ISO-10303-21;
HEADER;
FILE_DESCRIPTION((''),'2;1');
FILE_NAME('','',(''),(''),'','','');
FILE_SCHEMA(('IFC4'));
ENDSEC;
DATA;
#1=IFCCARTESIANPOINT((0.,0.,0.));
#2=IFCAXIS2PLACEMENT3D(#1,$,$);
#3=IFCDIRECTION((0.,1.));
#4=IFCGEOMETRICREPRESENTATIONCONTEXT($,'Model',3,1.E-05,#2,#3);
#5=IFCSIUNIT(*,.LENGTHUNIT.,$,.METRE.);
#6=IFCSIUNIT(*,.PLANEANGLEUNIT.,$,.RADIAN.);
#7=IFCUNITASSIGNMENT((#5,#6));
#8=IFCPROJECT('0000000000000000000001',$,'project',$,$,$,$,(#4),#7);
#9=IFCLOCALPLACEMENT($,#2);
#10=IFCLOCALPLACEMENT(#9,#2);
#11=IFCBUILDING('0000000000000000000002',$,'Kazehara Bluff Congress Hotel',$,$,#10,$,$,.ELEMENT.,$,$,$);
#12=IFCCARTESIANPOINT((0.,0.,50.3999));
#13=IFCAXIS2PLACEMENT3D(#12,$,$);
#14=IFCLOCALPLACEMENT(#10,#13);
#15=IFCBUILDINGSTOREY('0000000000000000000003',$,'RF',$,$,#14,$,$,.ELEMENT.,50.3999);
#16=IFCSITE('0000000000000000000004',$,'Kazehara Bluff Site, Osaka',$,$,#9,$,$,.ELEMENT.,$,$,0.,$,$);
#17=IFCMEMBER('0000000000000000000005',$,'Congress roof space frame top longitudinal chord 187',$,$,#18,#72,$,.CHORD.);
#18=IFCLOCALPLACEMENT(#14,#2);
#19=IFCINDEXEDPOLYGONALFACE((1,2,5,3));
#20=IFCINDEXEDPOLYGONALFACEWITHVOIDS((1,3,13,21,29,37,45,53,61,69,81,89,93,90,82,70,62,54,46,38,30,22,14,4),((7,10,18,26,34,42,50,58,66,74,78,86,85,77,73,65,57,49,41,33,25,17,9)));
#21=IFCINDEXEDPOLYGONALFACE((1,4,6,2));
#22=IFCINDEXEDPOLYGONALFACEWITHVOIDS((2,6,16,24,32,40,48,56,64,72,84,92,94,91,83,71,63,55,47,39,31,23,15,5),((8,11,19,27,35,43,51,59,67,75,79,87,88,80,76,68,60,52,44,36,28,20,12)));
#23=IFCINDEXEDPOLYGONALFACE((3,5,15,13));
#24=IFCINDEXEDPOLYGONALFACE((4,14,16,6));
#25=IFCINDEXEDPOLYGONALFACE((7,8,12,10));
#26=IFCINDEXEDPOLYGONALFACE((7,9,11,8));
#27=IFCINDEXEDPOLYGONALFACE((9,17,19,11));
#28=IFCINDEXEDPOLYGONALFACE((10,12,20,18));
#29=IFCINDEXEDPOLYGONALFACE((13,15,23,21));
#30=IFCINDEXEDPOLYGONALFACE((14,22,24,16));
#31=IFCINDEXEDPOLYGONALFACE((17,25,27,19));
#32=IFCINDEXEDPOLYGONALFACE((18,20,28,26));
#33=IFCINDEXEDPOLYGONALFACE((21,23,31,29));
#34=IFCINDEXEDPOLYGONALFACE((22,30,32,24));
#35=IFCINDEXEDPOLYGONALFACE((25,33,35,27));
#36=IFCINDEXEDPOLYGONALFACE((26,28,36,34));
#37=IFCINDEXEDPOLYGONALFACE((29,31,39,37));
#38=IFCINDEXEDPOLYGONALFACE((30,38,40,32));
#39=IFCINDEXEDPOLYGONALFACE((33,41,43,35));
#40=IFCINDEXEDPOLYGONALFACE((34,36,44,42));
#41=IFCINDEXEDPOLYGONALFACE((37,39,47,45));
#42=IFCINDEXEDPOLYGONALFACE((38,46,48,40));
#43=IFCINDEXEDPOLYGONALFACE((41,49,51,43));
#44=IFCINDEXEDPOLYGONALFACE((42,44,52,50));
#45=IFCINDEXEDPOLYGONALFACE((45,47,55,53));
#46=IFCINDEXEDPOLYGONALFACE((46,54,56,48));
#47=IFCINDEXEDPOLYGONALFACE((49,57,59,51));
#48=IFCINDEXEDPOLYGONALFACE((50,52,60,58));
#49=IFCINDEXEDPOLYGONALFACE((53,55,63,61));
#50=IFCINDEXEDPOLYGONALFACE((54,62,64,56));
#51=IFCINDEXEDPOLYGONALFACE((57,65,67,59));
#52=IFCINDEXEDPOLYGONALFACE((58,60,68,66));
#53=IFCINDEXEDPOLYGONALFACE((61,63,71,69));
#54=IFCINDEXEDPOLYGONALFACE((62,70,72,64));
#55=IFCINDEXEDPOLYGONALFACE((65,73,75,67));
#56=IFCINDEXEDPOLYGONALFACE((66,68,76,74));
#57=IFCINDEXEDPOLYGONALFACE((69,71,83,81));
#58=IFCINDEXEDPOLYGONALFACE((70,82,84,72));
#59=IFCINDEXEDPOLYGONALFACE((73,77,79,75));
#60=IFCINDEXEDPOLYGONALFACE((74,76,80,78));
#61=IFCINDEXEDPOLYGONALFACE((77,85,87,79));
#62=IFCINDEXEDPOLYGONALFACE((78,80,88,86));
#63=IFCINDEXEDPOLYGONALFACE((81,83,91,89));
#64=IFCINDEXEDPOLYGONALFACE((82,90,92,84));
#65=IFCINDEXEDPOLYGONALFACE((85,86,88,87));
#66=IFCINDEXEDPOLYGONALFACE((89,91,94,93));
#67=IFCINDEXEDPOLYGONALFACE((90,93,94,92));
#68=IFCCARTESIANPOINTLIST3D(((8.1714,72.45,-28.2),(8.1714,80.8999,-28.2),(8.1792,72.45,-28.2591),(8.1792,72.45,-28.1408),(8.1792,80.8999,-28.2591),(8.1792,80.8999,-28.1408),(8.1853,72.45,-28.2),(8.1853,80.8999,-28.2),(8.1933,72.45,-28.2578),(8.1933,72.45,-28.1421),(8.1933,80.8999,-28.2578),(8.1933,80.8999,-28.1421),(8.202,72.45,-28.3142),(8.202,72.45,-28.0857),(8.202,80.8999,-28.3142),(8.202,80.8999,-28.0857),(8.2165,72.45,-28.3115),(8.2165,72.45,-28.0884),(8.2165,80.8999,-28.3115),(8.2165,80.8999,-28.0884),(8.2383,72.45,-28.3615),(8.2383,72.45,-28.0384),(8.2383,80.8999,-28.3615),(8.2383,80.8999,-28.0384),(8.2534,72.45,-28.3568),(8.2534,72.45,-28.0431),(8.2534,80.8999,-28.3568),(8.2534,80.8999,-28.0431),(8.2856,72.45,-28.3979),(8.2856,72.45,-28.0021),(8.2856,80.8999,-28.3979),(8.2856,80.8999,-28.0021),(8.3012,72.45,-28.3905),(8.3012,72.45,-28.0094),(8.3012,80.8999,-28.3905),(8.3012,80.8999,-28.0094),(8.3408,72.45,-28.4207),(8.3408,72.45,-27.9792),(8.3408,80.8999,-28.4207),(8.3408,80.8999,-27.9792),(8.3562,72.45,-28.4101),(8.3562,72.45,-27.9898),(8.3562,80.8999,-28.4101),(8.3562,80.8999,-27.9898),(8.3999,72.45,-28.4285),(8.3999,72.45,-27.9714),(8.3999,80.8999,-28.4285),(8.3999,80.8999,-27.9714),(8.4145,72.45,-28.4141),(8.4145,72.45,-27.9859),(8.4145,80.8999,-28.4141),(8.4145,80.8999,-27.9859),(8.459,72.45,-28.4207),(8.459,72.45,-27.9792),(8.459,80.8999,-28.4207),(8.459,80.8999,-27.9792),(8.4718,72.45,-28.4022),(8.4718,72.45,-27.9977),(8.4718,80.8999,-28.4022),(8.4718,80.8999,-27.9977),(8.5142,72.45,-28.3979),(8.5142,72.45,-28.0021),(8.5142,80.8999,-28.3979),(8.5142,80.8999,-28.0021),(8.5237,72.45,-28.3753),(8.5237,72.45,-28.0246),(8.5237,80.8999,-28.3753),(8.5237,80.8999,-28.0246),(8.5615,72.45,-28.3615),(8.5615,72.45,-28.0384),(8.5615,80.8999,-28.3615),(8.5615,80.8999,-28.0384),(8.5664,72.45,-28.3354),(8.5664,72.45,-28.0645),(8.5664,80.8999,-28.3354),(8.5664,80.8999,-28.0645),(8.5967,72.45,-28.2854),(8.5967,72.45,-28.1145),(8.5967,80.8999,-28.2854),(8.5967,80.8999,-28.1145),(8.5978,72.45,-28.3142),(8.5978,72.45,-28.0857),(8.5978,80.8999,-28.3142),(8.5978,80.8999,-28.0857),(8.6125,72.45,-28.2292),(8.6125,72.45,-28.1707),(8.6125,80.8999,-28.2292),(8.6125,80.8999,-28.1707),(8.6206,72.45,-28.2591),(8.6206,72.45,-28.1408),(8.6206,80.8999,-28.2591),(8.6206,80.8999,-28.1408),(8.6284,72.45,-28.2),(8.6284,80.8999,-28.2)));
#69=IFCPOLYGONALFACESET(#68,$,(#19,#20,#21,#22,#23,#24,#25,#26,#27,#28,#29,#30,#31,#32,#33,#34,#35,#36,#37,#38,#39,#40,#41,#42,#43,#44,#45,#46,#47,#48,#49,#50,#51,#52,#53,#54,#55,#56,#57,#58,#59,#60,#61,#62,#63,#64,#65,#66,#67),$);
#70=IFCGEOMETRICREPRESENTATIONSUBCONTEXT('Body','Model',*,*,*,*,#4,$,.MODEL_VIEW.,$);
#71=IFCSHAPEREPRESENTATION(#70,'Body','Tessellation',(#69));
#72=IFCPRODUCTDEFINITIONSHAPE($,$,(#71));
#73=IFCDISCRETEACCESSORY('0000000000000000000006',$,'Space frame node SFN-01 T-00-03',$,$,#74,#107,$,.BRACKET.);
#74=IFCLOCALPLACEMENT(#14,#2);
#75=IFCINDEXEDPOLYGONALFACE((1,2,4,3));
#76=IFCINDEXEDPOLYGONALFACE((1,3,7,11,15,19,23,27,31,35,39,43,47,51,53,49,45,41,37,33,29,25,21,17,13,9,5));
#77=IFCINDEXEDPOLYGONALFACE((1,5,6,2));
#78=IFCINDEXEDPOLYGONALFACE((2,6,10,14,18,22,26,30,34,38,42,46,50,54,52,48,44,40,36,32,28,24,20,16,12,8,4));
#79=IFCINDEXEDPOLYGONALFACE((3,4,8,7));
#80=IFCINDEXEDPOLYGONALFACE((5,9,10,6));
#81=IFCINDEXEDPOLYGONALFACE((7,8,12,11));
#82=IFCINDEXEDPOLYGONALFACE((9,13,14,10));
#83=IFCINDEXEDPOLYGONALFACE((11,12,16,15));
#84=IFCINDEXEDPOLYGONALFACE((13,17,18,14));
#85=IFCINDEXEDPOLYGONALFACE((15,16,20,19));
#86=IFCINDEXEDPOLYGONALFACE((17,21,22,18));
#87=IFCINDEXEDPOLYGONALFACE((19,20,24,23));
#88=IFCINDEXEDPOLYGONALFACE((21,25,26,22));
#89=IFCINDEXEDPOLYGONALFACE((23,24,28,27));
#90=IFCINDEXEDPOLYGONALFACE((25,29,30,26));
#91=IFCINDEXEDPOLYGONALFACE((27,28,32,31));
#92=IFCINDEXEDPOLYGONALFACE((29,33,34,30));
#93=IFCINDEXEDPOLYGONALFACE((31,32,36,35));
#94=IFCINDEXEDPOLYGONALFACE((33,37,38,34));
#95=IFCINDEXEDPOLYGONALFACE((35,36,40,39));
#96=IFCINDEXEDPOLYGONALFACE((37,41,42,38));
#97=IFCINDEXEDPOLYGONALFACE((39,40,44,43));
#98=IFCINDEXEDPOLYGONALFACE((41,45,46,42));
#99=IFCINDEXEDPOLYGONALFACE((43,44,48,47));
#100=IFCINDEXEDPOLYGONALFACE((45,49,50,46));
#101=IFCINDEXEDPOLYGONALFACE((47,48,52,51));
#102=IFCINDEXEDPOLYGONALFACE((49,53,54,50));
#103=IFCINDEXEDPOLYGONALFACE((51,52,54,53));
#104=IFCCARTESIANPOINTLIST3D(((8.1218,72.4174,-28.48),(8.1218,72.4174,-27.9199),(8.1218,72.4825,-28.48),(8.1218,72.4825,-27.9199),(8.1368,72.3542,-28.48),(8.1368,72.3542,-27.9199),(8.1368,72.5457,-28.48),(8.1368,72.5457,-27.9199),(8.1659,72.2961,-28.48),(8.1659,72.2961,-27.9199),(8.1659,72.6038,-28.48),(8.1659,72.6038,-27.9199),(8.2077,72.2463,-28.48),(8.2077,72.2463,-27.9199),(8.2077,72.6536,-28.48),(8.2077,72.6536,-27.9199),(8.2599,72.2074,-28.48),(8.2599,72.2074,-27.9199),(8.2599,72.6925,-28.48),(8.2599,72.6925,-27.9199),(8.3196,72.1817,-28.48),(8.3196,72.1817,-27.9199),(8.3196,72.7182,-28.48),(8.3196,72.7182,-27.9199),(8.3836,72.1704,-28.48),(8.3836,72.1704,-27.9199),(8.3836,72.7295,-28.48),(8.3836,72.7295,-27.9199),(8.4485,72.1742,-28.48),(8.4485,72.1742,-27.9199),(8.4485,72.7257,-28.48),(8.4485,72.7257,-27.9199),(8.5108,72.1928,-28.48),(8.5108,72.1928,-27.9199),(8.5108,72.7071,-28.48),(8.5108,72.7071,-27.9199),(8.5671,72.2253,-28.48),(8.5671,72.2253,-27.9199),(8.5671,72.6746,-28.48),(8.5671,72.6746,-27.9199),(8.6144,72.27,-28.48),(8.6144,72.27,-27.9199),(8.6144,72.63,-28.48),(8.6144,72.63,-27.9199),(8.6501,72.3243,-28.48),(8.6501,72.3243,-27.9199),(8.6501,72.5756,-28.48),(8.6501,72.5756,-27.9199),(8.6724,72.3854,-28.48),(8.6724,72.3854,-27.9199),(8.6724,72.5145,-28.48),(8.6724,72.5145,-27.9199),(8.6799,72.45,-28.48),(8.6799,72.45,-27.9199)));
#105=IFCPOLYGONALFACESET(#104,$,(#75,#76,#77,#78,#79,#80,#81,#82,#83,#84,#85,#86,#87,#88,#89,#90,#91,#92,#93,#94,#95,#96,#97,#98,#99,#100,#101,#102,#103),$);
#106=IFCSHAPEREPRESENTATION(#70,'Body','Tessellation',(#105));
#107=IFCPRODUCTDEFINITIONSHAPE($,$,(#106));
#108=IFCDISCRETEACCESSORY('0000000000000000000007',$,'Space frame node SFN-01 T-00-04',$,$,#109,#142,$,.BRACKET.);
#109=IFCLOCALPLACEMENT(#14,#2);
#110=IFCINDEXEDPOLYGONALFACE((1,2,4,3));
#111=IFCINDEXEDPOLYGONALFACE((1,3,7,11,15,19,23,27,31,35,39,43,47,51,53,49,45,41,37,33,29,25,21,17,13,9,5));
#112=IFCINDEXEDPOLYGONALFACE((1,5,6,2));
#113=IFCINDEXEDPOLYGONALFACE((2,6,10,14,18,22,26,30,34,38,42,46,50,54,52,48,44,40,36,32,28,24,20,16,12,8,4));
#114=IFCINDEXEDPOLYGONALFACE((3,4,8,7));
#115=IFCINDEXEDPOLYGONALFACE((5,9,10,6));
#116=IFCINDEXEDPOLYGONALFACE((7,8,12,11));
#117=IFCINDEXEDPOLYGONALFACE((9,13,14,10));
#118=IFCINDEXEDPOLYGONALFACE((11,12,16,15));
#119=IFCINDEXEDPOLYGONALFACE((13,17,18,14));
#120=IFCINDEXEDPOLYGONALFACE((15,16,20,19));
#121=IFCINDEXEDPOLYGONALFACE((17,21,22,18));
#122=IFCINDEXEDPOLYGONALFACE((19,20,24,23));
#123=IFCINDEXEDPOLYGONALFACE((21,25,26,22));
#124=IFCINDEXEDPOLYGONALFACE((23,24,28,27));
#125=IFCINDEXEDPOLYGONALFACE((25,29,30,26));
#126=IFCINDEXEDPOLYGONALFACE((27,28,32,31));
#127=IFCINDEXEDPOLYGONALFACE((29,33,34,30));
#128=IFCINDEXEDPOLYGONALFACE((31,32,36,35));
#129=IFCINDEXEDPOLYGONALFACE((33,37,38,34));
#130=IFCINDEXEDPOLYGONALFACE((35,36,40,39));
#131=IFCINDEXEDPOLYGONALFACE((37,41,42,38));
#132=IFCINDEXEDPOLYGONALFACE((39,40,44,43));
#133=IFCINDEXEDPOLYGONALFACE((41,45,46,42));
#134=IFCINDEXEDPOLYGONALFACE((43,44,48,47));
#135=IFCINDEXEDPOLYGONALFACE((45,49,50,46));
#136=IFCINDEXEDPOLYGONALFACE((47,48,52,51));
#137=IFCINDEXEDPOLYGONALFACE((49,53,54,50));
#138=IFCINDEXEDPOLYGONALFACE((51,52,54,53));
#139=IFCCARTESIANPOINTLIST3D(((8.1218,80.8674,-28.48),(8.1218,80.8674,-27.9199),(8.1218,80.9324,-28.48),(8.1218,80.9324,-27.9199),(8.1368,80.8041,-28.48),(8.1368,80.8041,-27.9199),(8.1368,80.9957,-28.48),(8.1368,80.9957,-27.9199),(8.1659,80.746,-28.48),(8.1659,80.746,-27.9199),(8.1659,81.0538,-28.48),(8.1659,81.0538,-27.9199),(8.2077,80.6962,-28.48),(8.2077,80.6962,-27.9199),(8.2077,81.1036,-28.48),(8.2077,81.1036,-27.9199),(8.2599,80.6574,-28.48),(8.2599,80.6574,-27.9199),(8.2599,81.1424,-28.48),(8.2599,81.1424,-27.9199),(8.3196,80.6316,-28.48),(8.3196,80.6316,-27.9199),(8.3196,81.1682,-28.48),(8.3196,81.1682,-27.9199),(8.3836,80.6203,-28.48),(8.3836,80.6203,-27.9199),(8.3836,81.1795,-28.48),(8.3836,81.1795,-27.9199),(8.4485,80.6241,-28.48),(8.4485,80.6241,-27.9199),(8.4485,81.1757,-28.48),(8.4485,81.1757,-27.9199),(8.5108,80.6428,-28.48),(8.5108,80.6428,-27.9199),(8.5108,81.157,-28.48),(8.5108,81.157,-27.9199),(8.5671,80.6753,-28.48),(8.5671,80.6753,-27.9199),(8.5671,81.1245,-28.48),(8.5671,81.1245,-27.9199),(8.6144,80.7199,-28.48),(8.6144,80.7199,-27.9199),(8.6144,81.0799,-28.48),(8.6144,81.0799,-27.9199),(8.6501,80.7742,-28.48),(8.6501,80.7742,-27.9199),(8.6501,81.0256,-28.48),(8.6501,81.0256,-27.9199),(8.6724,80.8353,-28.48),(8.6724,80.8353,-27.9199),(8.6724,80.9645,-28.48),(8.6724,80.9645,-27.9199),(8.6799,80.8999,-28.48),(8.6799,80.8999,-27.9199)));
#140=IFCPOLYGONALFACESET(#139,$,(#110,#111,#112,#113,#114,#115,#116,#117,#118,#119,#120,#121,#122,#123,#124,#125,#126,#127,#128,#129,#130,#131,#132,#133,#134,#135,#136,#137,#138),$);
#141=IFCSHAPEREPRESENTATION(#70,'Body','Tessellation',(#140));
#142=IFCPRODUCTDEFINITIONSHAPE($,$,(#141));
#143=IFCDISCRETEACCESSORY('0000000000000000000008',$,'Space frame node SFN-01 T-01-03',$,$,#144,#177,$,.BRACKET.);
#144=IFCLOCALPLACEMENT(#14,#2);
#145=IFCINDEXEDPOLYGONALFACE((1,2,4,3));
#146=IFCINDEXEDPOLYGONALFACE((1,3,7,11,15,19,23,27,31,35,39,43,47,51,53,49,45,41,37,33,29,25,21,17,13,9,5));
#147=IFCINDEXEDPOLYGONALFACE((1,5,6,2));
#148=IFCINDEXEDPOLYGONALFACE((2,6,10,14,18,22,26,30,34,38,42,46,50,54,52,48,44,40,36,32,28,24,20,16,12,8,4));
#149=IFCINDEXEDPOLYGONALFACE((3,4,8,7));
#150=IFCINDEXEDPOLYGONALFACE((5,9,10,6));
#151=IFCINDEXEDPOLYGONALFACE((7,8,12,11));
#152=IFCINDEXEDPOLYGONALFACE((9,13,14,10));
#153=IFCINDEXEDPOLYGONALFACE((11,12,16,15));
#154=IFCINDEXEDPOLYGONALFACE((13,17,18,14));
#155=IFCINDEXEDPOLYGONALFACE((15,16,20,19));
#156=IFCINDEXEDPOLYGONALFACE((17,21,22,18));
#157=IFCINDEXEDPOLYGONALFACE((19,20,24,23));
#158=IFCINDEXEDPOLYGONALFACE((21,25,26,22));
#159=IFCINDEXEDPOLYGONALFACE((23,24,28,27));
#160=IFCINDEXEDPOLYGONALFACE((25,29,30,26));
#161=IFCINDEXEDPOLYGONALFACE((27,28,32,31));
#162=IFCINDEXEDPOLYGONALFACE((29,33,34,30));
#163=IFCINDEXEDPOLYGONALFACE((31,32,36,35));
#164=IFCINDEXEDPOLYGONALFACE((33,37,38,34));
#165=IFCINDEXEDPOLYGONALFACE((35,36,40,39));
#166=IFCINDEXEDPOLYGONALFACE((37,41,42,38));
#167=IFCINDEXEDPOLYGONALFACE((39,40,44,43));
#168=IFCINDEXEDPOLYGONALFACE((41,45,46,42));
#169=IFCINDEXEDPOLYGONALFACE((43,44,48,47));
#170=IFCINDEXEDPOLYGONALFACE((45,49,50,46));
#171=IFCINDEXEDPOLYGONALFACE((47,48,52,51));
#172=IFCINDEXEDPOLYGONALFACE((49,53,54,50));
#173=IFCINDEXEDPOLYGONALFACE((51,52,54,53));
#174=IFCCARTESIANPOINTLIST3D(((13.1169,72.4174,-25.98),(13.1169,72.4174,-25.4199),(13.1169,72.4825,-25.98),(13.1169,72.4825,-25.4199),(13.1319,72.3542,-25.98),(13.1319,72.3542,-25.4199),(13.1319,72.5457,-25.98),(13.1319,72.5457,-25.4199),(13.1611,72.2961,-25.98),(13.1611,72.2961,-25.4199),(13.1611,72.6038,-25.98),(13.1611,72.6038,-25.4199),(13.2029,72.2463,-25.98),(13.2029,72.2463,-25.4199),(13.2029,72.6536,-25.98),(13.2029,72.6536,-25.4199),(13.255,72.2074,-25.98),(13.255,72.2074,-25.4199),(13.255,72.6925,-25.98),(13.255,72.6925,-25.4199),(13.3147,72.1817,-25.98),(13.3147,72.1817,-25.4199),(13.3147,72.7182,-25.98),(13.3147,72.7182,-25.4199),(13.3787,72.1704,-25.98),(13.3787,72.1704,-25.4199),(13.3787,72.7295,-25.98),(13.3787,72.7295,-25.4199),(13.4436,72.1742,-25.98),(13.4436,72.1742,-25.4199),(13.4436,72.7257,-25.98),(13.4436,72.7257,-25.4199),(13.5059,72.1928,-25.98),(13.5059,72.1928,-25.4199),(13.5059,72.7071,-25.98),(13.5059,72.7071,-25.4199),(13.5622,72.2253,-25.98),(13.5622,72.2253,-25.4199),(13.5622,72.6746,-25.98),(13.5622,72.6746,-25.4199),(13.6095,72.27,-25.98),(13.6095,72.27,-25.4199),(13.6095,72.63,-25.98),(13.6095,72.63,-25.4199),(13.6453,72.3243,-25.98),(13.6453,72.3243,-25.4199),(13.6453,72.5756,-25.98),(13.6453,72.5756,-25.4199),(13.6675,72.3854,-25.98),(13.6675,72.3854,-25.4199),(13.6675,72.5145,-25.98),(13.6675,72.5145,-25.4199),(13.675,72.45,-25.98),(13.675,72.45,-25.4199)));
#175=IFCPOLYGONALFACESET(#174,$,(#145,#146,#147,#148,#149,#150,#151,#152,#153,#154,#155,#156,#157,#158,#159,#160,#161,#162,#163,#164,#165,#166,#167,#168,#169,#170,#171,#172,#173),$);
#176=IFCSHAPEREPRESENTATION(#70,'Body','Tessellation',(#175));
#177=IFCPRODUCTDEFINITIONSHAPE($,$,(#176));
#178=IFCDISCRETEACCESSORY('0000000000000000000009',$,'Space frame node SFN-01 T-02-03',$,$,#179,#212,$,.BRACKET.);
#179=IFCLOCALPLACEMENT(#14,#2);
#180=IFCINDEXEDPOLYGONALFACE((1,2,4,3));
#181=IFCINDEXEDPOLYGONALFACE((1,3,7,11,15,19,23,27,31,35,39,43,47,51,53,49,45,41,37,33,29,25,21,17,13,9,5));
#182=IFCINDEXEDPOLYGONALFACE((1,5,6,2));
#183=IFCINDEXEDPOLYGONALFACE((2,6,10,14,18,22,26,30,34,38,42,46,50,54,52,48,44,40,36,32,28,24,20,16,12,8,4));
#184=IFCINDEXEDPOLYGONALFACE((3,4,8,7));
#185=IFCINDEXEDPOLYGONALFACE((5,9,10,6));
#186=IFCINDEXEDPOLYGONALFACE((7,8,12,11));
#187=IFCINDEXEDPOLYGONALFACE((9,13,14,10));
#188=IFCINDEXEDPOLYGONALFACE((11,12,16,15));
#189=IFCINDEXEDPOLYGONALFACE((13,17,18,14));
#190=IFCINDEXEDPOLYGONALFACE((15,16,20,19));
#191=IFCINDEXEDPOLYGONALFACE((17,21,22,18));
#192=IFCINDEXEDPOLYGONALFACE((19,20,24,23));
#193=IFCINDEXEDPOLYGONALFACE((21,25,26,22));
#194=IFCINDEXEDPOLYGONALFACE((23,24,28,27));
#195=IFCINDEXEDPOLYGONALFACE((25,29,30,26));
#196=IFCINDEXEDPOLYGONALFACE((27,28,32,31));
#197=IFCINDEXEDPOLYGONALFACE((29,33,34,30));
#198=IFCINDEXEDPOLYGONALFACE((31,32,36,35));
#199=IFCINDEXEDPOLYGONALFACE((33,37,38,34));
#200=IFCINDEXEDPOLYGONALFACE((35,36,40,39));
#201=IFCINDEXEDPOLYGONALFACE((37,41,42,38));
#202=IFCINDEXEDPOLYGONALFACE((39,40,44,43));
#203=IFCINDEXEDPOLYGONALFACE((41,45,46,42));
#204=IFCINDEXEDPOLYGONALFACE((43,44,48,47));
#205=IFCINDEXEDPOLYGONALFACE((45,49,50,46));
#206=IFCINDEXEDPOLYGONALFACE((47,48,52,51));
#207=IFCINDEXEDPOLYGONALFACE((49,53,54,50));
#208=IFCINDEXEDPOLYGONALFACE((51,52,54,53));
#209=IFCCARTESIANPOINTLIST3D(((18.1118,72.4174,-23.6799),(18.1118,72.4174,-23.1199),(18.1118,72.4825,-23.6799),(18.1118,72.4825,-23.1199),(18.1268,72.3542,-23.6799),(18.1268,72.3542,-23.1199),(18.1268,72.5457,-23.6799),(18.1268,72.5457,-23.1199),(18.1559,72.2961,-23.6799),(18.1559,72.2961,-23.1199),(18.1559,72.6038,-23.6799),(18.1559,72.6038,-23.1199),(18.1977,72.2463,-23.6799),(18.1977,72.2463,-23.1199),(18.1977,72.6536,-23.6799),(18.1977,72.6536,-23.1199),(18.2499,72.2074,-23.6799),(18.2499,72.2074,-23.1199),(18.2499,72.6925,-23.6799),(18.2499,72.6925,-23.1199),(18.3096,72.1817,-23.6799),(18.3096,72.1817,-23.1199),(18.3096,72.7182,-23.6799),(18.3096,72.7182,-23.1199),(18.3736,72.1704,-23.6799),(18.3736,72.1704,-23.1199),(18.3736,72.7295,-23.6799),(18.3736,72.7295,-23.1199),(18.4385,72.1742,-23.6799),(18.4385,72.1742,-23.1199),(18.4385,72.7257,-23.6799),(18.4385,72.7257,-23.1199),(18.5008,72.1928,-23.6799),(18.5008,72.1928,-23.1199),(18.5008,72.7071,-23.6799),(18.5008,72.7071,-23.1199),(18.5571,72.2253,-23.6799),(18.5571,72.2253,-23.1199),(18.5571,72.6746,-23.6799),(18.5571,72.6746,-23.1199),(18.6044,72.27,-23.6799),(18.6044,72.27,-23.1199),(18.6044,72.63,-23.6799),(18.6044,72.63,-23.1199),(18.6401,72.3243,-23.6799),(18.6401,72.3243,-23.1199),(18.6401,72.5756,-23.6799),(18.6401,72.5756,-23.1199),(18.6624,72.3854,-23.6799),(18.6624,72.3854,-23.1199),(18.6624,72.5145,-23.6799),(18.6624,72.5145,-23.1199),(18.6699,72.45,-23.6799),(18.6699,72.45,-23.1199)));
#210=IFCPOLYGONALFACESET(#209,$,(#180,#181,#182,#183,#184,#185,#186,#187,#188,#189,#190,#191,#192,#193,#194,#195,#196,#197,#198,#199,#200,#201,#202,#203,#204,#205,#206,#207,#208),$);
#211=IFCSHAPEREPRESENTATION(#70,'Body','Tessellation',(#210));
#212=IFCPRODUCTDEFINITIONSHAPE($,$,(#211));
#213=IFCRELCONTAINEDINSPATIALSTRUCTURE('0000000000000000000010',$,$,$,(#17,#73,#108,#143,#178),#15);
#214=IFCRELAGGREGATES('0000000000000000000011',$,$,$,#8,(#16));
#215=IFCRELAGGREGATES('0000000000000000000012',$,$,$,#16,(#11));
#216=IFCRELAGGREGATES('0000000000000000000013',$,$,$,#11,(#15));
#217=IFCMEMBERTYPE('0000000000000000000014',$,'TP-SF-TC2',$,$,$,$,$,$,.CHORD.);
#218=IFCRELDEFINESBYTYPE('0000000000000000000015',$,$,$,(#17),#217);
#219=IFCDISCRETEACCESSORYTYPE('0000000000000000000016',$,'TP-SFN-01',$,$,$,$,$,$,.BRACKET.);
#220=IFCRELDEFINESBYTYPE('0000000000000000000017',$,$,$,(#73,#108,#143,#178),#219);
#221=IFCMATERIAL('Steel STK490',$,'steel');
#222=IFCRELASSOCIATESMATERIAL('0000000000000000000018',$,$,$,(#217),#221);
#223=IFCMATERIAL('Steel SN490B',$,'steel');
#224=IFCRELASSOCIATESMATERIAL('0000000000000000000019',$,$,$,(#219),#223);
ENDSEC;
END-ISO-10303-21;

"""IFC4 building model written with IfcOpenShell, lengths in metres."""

from ifc_helpers import new_model, si_unit, direction, frame, origin, origin_2d, place, context, subcontext, project, spatial, circle, hollow_circle, extrude, material, material_profile, profile_set, type_object, element, save


model = new_model("IFC4")

# Units and contexts
model_context = context("Model", 3, precision=1e-05, world=origin(), true_north=direction((0.0, 1.0)))
body_context = subcontext(model_context, "Body", "Model", "MODEL_VIEW")
ifc_project = project(units=[si_unit("LENGTHUNIT", "METRE"), si_unit("PLANEANGLEUNIT", "RADIAN")], contexts=[model_context])

# Site, building, storey
site_placement = place(None, origin())
site = spatial("IfcSite", under=ifc_project, at=site_placement, Name="Kazehara Bluff Site, Osaka", CompositionType="ELEMENT", RefElevation=0.0)
building_placement = place(site_placement, origin())
building = spatial("IfcBuilding", under=site, at=building_placement, Name="Kazehara Bluff Congress Hotel", CompositionType="ELEMENT")
storey_placement = place(building_placement, frame((0.0, 0.0, 50.3999)))
storey = spatial("IfcBuildingStorey", under=building, at=storey_placement, Name="RF", CompositionType="ELEMENT", Elevation=50.3999)

# Member
ifc_material_1 = material(Name="Steel STK490", Category="steel")
ifc_material_profile_1 = material_profile(ifc_material_1, hollow_circle(Radius=0.2285, WallThickness=0.0139, at=origin_2d()))
ifc_profile_set_1 = profile_set([ifc_material_profile_1], Name="Steel STK490")
member_type_1 = type_object("IfcMemberType", Name="TP-SF-TC2", PredefinedType="CHORD", material=ifc_profile_set_1)
member_1_placement = place(storey_placement, frame((8.3999, 72.45, -28.2), z_axis=(0.0, 1.0, 0.0), x_axis=(-1.0, 0.0, 0.0)))
element("IfcMember", 1, at=member_1_placement, inside=storey, type_object=member_type_1, Name="Congress roof space frame top longitudinal chord 187", PredefinedType="CHORD", context=body_context, shape_type="SweptSolid", body=[
    extrude(hollow_circle(Radius=0.2285, WallThickness=0.0139, at=origin_2d()), origin(), (0.0, 0.0, 1.0), 8.45),
])

# Discrete accessories
ifc_material_2 = material(Name="Steel SN490B", Category="steel")
ifc_material_profile_2 = material_profile(ifc_material_2, circle(Radius=0.28, at=origin_2d()))
ifc_profile_set_2 = profile_set([ifc_material_profile_2], Name="Steel SN490B")
discrete_accessory_type_1 = type_object("IfcDiscreteAccessoryType", Name="TP-SFN-01", PredefinedType="BRACKET", material=ifc_profile_set_2)
for number, where, z_axis, x_axis, name in (
    (2, (8.3999, 72.45, -28.48), (0.0, 0.0, 1.0), (1.0, 0.0, 0.0), "Space frame node SFN-01 T-00-03"),
    (3, (8.3999, 80.8999, -28.48), (0.0, 0.0, 1.0), (1.0, 0.0, 0.0), "Space frame node SFN-01 T-00-04"),
    (4, (13.395, 72.45, -25.98), (0.0, 0.0, 1.0), (1.0, 0.0, 0.0), "Space frame node SFN-01 T-01-03"),
    (5, (18.3899, 72.45, -23.6799), (0.0, 0.0, 1.0), (1.0, 0.0, 0.0), "Space frame node SFN-01 T-02-03"),
):
    element("IfcDiscreteAccessory", number, at=place(storey_placement, frame(where, z_axis=z_axis, x_axis=x_axis)), inside=storey, type_object=discrete_accessory_type_1, Name=name, PredefinedType="BRACKET", context=body_context, shape_type="SweptSolid", body=[
        extrude(circle(Radius=0.28, at=origin_2d()), origin(), (0.0, 0.0, 1.0), 0.5601),
    ])

save(model, "model.ifc")
